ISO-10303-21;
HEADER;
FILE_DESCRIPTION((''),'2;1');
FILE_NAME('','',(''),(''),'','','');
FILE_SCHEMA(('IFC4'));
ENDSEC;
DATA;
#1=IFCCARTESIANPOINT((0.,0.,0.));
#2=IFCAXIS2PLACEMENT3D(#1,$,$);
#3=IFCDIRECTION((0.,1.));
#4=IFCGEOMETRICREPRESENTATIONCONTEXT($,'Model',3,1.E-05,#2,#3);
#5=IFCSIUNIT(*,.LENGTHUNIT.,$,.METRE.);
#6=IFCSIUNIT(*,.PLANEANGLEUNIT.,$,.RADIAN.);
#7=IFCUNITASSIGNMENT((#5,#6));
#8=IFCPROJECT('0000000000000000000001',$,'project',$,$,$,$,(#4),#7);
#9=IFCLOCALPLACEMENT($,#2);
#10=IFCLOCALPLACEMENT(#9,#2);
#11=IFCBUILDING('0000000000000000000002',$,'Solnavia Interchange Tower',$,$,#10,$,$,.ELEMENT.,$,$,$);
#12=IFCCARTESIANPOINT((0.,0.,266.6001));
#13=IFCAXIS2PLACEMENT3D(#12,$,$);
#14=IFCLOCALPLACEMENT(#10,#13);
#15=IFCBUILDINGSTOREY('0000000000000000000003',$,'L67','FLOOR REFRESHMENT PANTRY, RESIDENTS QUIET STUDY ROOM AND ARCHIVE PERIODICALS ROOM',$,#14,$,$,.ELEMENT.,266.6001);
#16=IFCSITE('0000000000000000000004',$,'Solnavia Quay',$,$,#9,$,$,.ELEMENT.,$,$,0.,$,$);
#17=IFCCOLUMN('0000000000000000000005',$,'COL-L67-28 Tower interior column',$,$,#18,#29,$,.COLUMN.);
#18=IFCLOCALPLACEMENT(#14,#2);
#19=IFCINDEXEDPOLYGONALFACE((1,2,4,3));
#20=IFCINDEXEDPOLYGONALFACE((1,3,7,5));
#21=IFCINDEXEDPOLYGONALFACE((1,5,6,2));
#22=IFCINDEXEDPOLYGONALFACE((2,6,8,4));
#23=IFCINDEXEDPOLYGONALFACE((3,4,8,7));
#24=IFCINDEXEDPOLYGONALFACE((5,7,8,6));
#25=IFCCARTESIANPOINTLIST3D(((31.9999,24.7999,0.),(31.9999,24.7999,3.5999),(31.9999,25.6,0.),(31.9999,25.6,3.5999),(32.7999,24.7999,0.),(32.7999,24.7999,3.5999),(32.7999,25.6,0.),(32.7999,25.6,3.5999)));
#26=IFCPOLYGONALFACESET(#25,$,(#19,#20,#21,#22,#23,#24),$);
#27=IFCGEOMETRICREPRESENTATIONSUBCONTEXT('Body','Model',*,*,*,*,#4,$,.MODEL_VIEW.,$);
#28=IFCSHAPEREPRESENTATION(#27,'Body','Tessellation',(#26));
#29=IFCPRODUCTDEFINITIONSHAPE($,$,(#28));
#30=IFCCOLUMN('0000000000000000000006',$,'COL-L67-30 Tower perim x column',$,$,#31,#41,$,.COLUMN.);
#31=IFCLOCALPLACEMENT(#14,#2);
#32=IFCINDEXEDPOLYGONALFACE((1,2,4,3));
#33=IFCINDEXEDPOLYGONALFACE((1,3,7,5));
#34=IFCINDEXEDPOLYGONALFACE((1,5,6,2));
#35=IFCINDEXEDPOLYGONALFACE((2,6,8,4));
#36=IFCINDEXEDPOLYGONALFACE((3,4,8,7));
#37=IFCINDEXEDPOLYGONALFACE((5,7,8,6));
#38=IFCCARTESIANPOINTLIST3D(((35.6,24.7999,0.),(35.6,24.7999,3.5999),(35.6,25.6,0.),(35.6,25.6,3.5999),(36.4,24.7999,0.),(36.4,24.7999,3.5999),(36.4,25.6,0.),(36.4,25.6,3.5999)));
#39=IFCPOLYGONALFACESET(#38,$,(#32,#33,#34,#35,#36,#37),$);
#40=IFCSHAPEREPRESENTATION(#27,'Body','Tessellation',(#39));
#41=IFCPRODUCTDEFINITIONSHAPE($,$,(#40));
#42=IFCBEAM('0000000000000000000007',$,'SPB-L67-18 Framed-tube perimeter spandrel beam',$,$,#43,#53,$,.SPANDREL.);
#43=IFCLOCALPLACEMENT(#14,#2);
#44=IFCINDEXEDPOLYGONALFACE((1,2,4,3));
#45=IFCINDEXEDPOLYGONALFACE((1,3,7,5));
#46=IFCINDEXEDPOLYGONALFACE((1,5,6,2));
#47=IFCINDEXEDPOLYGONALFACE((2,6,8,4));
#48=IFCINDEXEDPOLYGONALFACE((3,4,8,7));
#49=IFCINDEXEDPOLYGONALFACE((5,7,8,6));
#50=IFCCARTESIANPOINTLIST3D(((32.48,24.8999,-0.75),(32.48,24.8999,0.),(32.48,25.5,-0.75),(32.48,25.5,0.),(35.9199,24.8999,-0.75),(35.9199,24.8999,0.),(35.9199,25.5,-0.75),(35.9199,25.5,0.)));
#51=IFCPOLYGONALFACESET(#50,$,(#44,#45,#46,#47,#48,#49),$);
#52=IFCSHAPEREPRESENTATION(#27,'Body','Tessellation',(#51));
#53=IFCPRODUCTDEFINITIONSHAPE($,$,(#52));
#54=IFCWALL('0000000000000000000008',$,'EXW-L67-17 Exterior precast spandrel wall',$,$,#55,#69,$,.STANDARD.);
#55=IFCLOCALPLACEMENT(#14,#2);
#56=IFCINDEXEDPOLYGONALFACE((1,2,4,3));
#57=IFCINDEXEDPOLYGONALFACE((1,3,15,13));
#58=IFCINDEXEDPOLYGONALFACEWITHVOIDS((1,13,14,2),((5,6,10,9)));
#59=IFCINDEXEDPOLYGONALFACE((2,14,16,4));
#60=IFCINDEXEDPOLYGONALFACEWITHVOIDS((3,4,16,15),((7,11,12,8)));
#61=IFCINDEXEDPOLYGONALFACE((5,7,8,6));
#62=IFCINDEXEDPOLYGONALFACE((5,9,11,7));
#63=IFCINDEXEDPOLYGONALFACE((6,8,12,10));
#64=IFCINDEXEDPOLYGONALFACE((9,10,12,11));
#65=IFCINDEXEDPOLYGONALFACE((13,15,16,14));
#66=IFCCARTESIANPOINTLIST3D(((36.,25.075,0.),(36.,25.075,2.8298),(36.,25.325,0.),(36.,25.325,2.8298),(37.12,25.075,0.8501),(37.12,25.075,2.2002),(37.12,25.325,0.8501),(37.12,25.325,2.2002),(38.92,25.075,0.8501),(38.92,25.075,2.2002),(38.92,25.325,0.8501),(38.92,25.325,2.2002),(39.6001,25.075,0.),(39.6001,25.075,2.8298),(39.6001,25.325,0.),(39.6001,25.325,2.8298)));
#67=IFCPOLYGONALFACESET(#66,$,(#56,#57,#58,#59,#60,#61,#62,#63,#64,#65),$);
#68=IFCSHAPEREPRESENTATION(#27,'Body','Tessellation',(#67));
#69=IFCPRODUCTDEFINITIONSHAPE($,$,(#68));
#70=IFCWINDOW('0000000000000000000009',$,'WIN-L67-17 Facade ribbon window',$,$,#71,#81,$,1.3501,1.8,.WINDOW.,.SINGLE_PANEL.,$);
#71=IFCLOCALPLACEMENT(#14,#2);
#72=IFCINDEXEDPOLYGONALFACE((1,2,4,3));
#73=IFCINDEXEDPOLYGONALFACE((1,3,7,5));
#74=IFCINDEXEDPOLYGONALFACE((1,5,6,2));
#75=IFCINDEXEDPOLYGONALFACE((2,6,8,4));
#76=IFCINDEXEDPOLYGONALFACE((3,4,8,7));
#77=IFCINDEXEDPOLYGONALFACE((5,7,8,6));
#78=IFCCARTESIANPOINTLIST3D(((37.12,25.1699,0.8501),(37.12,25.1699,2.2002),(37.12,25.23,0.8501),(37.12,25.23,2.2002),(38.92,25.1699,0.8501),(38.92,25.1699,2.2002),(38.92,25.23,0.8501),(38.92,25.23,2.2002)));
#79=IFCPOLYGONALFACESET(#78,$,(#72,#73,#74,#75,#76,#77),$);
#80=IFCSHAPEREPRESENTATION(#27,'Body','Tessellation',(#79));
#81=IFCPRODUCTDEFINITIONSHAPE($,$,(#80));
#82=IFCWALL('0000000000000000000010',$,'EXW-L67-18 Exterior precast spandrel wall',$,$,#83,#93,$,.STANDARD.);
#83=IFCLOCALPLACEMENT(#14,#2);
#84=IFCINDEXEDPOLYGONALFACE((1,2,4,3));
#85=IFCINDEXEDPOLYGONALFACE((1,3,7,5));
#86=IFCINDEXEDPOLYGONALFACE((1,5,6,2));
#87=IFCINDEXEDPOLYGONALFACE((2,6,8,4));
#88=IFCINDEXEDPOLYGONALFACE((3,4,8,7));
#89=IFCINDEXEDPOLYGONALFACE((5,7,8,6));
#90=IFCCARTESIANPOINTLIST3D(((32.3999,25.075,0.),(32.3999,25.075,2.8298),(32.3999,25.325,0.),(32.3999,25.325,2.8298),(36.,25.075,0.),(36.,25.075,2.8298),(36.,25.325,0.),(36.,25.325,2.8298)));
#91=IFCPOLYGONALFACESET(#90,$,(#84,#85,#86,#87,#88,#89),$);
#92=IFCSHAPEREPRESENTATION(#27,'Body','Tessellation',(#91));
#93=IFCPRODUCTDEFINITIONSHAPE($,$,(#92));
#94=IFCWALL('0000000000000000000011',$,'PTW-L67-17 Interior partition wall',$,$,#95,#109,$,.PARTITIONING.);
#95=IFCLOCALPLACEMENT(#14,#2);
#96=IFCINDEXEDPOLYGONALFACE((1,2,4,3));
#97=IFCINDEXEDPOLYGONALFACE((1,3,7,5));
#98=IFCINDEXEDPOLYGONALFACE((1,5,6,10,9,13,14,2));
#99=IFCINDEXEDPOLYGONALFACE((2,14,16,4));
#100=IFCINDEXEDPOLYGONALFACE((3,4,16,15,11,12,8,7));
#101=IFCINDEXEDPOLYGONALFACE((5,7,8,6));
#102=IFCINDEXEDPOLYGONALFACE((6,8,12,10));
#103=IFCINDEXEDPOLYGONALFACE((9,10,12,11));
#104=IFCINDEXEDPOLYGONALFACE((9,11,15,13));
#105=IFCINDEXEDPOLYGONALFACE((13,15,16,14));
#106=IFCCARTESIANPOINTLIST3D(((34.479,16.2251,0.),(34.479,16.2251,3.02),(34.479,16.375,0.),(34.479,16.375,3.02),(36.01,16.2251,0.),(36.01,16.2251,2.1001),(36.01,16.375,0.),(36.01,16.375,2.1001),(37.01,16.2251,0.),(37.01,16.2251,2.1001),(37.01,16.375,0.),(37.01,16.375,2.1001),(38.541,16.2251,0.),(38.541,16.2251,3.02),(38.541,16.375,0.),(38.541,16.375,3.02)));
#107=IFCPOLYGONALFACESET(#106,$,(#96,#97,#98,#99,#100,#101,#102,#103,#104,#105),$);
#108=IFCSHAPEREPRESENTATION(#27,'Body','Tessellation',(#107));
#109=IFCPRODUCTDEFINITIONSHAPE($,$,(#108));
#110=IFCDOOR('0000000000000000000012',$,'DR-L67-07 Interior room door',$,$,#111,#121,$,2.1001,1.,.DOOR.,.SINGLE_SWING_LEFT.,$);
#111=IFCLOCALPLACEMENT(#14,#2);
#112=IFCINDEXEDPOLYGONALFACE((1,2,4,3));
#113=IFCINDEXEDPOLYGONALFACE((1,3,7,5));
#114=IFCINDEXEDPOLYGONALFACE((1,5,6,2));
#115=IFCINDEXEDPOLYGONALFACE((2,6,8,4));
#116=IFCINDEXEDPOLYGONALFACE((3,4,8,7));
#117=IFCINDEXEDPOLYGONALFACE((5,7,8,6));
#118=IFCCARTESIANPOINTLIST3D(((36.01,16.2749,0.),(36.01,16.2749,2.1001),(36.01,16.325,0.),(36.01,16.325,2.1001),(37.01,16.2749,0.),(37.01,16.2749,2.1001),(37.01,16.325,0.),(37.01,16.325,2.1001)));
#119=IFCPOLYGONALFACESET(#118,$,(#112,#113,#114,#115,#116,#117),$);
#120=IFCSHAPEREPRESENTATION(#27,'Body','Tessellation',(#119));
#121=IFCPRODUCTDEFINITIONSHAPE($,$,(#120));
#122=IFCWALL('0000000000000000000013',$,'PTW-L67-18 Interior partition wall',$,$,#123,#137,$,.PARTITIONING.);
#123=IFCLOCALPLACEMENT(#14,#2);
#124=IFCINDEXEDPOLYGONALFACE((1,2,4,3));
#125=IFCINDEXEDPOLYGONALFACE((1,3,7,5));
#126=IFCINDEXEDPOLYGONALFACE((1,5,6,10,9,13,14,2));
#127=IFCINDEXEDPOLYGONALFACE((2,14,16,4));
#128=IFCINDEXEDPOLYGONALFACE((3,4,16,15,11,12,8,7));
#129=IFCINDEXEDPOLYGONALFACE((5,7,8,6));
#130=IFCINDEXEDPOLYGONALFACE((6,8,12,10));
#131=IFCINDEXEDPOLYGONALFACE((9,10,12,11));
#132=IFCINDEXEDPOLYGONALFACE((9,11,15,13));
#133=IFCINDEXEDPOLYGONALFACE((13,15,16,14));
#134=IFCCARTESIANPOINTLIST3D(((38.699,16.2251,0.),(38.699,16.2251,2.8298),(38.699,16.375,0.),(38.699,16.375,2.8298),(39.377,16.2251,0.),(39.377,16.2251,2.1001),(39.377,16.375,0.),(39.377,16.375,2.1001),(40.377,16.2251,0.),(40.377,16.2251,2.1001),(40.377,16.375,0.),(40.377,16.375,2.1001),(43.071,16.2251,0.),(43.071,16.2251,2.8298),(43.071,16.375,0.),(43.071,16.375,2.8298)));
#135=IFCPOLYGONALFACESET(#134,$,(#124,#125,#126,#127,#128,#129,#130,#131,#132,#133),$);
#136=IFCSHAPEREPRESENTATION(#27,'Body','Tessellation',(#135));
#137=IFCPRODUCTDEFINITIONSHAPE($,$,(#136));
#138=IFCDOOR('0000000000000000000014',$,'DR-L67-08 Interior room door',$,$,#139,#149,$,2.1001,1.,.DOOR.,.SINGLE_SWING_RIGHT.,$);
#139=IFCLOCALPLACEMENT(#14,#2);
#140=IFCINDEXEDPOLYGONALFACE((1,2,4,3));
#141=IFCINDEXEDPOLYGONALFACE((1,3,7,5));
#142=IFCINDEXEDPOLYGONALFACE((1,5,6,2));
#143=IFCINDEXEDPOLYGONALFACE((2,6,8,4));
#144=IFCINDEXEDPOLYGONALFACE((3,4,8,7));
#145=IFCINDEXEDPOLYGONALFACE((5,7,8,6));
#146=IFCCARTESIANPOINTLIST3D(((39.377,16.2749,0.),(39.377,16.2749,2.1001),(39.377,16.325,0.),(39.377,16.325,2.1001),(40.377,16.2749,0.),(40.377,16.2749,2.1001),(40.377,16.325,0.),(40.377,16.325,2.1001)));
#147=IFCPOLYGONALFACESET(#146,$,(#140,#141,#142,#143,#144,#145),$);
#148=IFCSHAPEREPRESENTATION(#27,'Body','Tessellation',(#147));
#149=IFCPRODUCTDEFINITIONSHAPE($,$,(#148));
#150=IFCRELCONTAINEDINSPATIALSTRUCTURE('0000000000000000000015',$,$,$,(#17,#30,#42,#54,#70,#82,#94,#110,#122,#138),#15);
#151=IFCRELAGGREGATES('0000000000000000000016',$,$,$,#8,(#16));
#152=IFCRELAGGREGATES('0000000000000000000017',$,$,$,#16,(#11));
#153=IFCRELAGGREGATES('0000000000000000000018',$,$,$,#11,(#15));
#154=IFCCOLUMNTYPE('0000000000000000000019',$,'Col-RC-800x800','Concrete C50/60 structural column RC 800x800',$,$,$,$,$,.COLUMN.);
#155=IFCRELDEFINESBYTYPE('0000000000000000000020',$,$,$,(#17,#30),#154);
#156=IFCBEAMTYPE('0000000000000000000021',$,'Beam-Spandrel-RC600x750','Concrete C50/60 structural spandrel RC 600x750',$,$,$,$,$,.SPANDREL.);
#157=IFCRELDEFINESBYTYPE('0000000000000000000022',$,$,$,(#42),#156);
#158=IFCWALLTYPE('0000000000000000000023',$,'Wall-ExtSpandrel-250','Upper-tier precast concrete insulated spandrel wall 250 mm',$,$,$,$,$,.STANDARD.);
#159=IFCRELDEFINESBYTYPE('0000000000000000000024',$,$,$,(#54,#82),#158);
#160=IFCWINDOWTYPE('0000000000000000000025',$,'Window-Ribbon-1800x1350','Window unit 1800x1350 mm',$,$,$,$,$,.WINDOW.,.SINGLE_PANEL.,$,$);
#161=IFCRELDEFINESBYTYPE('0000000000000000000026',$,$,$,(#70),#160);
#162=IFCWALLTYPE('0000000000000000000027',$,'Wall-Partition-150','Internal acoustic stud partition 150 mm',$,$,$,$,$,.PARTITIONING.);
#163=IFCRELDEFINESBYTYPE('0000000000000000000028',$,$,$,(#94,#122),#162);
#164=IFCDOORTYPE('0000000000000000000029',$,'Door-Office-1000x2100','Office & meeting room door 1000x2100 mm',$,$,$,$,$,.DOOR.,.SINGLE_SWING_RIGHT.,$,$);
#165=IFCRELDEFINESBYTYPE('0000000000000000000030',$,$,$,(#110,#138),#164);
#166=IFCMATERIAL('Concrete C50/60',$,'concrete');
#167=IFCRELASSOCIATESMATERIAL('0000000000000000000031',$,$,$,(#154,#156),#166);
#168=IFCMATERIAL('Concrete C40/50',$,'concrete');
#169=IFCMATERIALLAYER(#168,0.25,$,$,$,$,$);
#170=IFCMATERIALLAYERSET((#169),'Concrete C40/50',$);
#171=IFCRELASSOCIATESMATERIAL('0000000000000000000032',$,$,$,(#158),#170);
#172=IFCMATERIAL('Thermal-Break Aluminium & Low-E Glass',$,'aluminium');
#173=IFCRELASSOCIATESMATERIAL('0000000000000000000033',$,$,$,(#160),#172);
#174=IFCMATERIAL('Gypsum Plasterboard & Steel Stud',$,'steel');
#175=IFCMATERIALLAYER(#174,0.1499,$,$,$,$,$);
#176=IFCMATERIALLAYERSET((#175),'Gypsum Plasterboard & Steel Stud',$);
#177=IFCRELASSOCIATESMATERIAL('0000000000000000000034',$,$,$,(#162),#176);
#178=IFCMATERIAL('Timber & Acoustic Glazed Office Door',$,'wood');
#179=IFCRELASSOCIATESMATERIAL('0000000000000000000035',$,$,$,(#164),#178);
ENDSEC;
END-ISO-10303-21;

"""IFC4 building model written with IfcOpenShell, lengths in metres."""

from ifc_helpers import new_model, si_unit, direction, frame, frame_2d, origin, origin_2d, place, context, subcontext, project, spatial, rectangle, extrude, material, layer, layer_set, material_profile, profile_set, type_object, element, fill, save


model = new_model("IFC4")

# Units and contexts
model_context = context("Model", 3, precision=1e-05, world=origin(), true_north=direction((0.0, 1.0)))
body_context = subcontext(model_context, "Body", "Model", "MODEL_VIEW")
ifc_project = project(units=[si_unit("LENGTHUNIT", "METRE"), si_unit("PLANEANGLEUNIT", "RADIAN")], contexts=[model_context])

# Site, building, storey
site_placement = place(None, origin())
site = spatial("IfcSite", under=ifc_project, at=site_placement, Name="Solnavia Quay", CompositionType="ELEMENT", RefElevation=0.0)
building_placement = place(site_placement, origin())
building = spatial("IfcBuilding", under=site, at=building_placement, Name="Solnavia Interchange Tower", CompositionType="ELEMENT")
storey_placement = place(building_placement, frame((0.0, 0.0, 266.6001)))
storey = spatial("IfcBuildingStorey", under=building, at=storey_placement, Name="L67", Description="FLOOR REFRESHMENT PANTRY, RESIDENTS QUIET STUDY ROOM AND ARCHIVE PERIODICALS ROOM", CompositionType="ELEMENT", Elevation=266.6001)

# Columns
ifc_material_1 = material(Name="Concrete C50/60", Category="concrete")
ifc_material_profile_1 = material_profile(ifc_material_1, rectangle(XDim=0.8, YDim=0.8, at=origin_2d()), Name="RC 800x800")
ifc_profile_set_1 = profile_set([ifc_material_profile_1], Name="Concrete C50/60")
column_type = type_object("IfcColumnType", Name="Col-RC-800x800", Description="Concrete C50/60 structural column RC 800x800", PredefinedType="COLUMN", material=ifc_profile_set_1)
for number, where, z_axis, x_axis, name in (
    (1, (32.3999, 25.2, 0.0), (0.0, 0.0, 1.0), (1.0, 0.0, 0.0), "COL-L67-28 Tower interior column"),
    (2, (36.0, 25.2, 0.0), (0.0, 0.0, 1.0), (1.0, 0.0, 0.0), "COL-L67-30 Tower perim x column"),
):
    element("IfcColumn", number, at=place(storey_placement, frame(where, z_axis=z_axis, x_axis=x_axis)), inside=storey, type_object=column_type, Name=name, PredefinedType="COLUMN", context=body_context, shape_type="SweptSolid", body=[
        extrude(rectangle(XDim=0.8, YDim=0.8, at=origin_2d()), origin(), (0.0, 0.0, 1.0), 3.5999),
    ])

# Beam
ifc_material_profile_2 = material_profile(ifc_material_1, rectangle(XDim=0.6001, YDim=0.75, at=origin_2d()), Name="RC 600x750")
ifc_profile_set_2 = profile_set([ifc_material_profile_2], Name="Concrete C50/60")
beam_type = type_object("IfcBeamType", Name="Beam-Spandrel-RC600x750", Description="Concrete C50/60 structural spandrel RC 600x750", PredefinedType="SPANDREL", material=ifc_profile_set_2)
beam_placement = place(storey_placement, frame((35.9199, 25.2, -0.375), z_axis=(-1.0, 0.0, 0.0), x_axis=(0.0, -1.0, 0.0)))
element("IfcBeam", 3, at=beam_placement, inside=storey, type_object=beam_type, Name="SPB-L67-18 Framed-tube perimeter spandrel beam", PredefinedType="SPANDREL", context=body_context, shape_type="SweptSolid", body=[
    extrude(rectangle(XDim=0.6001, YDim=0.75, at=origin_2d()), origin(), (0.0, 0.0, 1.0), 3.4399),
])

# Wall, opening, window
ifc_material_2 = material(Name="Concrete C40/50", Category="concrete")
ifc_layer_1 = layer(ifc_material_2, 0.25)
ifc_layer_set_1 = layer_set([ifc_layer_1], Name="Concrete C40/50")
wall_type_1 = type_object("IfcWallType", Name="Wall-ExtSpandrel-250", Description="Upper-tier precast concrete insulated spandrel wall 250 mm", PredefinedType="STANDARD", material=ifc_layer_set_1)
wall_1_placement = place(storey_placement, frame((36.0, 25.2, 0.0), z_axis=(0.0, 0.0, 1.0), x_axis=(1.0, 0.0, 0.0)))
wall_1 = element("IfcWall", 4, at=wall_1_placement, inside=storey, type_object=wall_type_1, Name="EXW-L67-17 Exterior precast spandrel wall", PredefinedType="STANDARD", context=body_context, shape_type="SweptSolid", body=[
    extrude(rectangle(XDim=3.6001, YDim=0.25, at=frame_2d((1.8, 0.0))), origin(), (0.0, 0.0, 1.0), 2.8298),
])
opening_1_placement = place(wall_1_placement, frame((1.1201, 0.0, 0.8501)))
opening_1 = element("IfcOpeningElement", 5, at=opening_1_placement, cuts=wall_1, PredefinedType="OPENING", context=body_context, shape_type="SweptSolid", body=[
    extrude(rectangle(XDim=1.8, YDim=1.3501, at=frame_2d((0.8999, 0.675))), frame((0.0, 0.135, 0.0), z_axis=(0.0, -1.0, 0.0), x_axis=(1.0, 0.0, 0.0)), (0.0, 0.0, 1.0), 0.27),
])
ifc_material_3 = material(Name="Thermal-Break Aluminium & Low-E Glass", Category="aluminium")
window_type = type_object("IfcWindowType", Name="Window-Ribbon-1800x1350", Description="Window unit 1800x1350 mm", PartitioningType="SINGLE_PANEL", PredefinedType="WINDOW", material=ifc_material_3)
window_placement = place(opening_1_placement, origin())
window = element("IfcWindow", 6, at=window_placement, inside=storey, type_object=window_type, Name="WIN-L67-17 Facade ribbon window", OverallHeight=1.3501, OverallWidth=1.8, PartitioningType="SINGLE_PANEL", PredefinedType="WINDOW", context=body_context, shape_type="SweptSolid", body=[
    extrude(rectangle(XDim=1.8, YDim=1.3501, at=frame_2d((0.8999, 0.675))), frame((0.0, 0.03, 0.0), z_axis=(0.0, -1.0, 0.0), x_axis=(1.0, 0.0, 0.0)), (0.0, 0.0, 1.0), 0.0601),
])
fill(opening_1, window)

# Wall
wall_2_placement = place(storey_placement, frame((32.3999, 25.2, 0.0), z_axis=(0.0, 0.0, 1.0), x_axis=(1.0, 0.0, 0.0)))
element("IfcWall", 7, at=wall_2_placement, inside=storey, type_object=wall_type_1, Name="EXW-L67-18 Exterior precast spandrel wall", PredefinedType="STANDARD", context=body_context, shape_type="SweptSolid", body=[
    extrude(rectangle(XDim=3.6001, YDim=0.25, at=frame_2d((1.8, 0.0))), origin(), (0.0, 0.0, 1.0), 2.8298),
])

# Walls, openings, doors
ifc_material_4 = material(Name="Gypsum Plasterboard & Steel Stud", Category="steel")
ifc_layer_2 = layer(ifc_material_4, 0.1499)
ifc_layer_set_2 = layer_set([ifc_layer_2], Name="Gypsum Plasterboard & Steel Stud")
wall_type_2 = type_object("IfcWallType", Name="Wall-Partition-150", Description="Internal acoustic stud partition 150 mm", PredefinedType="PARTITIONING", material=ifc_layer_set_2)
wall_3_placement = place(storey_placement, frame((34.479, 16.3, 0.0), z_axis=(0.0, 0.0, 1.0), x_axis=(1.0, 0.0, 0.0)))
wall_3 = element("IfcWall", 8, at=wall_3_placement, inside=storey, type_object=wall_type_2, Name="PTW-L67-17 Interior partition wall", PredefinedType="PARTITIONING", context=body_context, shape_type="SweptSolid", body=[
    extrude(rectangle(XDim=4.062, YDim=0.1499, at=frame_2d((2.031, 0.0))), origin(), (0.0, 0.0, 1.0), 3.02),
])
opening_2_placement = place(wall_3_placement, frame((1.531, 0.0, 0.0)))
opening_2 = element("IfcOpeningElement", 9, at=opening_2_placement, cuts=wall_3, PredefinedType="OPENING", context=body_context, shape_type="SweptSolid", body=[
    extrude(rectangle(XDim=1.0, YDim=2.1001, at=frame_2d((0.5, 1.05))), frame((0.0, 0.085, 0.0), z_axis=(0.0, -1.0, 0.0), x_axis=(1.0, 0.0, 0.0)), (0.0, 0.0, 1.0), 0.1699),
])
ifc_material_5 = material(Name="Timber & Acoustic Glazed Office Door", Category="wood")
door_type_1 = type_object("IfcDoorType", Name="Door-Office-1000x2100", Description="Office & meeting room door 1000x2100 mm", OperationType="SINGLE_SWING_RIGHT", PredefinedType="DOOR", material=ifc_material_5)
door_1_placement = place(opening_2_placement, origin())
door_1 = element("IfcDoor", 10, at=door_1_placement, inside=storey, type_object=door_type_1, Name="DR-L67-07 Interior room door", OperationType="SINGLE_SWING_LEFT", OverallHeight=2.1001, OverallWidth=1.0, PredefinedType="DOOR", context=body_context, shape_type="SweptSolid", body=[
    extrude(rectangle(XDim=1.0, YDim=2.1001, at=frame_2d((0.5, 1.05))), frame((0.0, 0.0249, 0.0), z_axis=(0.0, -1.0, 0.0), x_axis=(1.0, 0.0, 0.0)), (0.0, 0.0, 1.0), 0.05),
])
fill(opening_2, door_1)
wall_4_placement = place(storey_placement, frame((38.699, 16.3, 0.0), z_axis=(0.0, 0.0, 1.0), x_axis=(1.0, 0.0, 0.0)))
wall_4 = element("IfcWall", 11, at=wall_4_placement, inside=storey, type_object=wall_type_2, Name="PTW-L67-18 Interior partition wall", PredefinedType="PARTITIONING", context=body_context, shape_type="SweptSolid", body=[
    extrude(rectangle(XDim=4.3721, YDim=0.1499, at=frame_2d((2.186, 0.0))), origin(), (0.0, 0.0, 1.0), 2.8298),
])
opening_3_placement = place(wall_4_placement, frame((0.678, 0.0, 0.0)))
opening_3 = element("IfcOpeningElement", 12, at=opening_3_placement, cuts=wall_4, PredefinedType="OPENING", context=body_context, shape_type="SweptSolid", body=[
    extrude(rectangle(XDim=1.0, YDim=2.1001, at=frame_2d((0.5, 1.05))), frame((0.0, 0.085, 0.0), z_axis=(0.0, -1.0, 0.0), x_axis=(1.0, 0.0, 0.0)), (0.0, 0.0, 1.0), 0.1699),
])
door_2_placement = place(opening_3_placement, origin())
door_2 = element("IfcDoor", 13, at=door_2_placement, inside=storey, type_object=door_type_1, Name="DR-L67-08 Interior room door", OperationType="SINGLE_SWING_RIGHT", OverallHeight=2.1001, OverallWidth=1.0, PredefinedType="DOOR", context=body_context, shape_type="SweptSolid", body=[
    extrude(rectangle(XDim=1.0, YDim=2.1001, at=frame_2d((0.5, 1.05))), frame((0.0, 0.0249, 0.0), z_axis=(0.0, -1.0, 0.0), x_axis=(1.0, 0.0, 0.0)), (0.0, 0.0, 1.0), 0.05),
])
fill(opening_3, door_2)

save(model, "model.ifc")
